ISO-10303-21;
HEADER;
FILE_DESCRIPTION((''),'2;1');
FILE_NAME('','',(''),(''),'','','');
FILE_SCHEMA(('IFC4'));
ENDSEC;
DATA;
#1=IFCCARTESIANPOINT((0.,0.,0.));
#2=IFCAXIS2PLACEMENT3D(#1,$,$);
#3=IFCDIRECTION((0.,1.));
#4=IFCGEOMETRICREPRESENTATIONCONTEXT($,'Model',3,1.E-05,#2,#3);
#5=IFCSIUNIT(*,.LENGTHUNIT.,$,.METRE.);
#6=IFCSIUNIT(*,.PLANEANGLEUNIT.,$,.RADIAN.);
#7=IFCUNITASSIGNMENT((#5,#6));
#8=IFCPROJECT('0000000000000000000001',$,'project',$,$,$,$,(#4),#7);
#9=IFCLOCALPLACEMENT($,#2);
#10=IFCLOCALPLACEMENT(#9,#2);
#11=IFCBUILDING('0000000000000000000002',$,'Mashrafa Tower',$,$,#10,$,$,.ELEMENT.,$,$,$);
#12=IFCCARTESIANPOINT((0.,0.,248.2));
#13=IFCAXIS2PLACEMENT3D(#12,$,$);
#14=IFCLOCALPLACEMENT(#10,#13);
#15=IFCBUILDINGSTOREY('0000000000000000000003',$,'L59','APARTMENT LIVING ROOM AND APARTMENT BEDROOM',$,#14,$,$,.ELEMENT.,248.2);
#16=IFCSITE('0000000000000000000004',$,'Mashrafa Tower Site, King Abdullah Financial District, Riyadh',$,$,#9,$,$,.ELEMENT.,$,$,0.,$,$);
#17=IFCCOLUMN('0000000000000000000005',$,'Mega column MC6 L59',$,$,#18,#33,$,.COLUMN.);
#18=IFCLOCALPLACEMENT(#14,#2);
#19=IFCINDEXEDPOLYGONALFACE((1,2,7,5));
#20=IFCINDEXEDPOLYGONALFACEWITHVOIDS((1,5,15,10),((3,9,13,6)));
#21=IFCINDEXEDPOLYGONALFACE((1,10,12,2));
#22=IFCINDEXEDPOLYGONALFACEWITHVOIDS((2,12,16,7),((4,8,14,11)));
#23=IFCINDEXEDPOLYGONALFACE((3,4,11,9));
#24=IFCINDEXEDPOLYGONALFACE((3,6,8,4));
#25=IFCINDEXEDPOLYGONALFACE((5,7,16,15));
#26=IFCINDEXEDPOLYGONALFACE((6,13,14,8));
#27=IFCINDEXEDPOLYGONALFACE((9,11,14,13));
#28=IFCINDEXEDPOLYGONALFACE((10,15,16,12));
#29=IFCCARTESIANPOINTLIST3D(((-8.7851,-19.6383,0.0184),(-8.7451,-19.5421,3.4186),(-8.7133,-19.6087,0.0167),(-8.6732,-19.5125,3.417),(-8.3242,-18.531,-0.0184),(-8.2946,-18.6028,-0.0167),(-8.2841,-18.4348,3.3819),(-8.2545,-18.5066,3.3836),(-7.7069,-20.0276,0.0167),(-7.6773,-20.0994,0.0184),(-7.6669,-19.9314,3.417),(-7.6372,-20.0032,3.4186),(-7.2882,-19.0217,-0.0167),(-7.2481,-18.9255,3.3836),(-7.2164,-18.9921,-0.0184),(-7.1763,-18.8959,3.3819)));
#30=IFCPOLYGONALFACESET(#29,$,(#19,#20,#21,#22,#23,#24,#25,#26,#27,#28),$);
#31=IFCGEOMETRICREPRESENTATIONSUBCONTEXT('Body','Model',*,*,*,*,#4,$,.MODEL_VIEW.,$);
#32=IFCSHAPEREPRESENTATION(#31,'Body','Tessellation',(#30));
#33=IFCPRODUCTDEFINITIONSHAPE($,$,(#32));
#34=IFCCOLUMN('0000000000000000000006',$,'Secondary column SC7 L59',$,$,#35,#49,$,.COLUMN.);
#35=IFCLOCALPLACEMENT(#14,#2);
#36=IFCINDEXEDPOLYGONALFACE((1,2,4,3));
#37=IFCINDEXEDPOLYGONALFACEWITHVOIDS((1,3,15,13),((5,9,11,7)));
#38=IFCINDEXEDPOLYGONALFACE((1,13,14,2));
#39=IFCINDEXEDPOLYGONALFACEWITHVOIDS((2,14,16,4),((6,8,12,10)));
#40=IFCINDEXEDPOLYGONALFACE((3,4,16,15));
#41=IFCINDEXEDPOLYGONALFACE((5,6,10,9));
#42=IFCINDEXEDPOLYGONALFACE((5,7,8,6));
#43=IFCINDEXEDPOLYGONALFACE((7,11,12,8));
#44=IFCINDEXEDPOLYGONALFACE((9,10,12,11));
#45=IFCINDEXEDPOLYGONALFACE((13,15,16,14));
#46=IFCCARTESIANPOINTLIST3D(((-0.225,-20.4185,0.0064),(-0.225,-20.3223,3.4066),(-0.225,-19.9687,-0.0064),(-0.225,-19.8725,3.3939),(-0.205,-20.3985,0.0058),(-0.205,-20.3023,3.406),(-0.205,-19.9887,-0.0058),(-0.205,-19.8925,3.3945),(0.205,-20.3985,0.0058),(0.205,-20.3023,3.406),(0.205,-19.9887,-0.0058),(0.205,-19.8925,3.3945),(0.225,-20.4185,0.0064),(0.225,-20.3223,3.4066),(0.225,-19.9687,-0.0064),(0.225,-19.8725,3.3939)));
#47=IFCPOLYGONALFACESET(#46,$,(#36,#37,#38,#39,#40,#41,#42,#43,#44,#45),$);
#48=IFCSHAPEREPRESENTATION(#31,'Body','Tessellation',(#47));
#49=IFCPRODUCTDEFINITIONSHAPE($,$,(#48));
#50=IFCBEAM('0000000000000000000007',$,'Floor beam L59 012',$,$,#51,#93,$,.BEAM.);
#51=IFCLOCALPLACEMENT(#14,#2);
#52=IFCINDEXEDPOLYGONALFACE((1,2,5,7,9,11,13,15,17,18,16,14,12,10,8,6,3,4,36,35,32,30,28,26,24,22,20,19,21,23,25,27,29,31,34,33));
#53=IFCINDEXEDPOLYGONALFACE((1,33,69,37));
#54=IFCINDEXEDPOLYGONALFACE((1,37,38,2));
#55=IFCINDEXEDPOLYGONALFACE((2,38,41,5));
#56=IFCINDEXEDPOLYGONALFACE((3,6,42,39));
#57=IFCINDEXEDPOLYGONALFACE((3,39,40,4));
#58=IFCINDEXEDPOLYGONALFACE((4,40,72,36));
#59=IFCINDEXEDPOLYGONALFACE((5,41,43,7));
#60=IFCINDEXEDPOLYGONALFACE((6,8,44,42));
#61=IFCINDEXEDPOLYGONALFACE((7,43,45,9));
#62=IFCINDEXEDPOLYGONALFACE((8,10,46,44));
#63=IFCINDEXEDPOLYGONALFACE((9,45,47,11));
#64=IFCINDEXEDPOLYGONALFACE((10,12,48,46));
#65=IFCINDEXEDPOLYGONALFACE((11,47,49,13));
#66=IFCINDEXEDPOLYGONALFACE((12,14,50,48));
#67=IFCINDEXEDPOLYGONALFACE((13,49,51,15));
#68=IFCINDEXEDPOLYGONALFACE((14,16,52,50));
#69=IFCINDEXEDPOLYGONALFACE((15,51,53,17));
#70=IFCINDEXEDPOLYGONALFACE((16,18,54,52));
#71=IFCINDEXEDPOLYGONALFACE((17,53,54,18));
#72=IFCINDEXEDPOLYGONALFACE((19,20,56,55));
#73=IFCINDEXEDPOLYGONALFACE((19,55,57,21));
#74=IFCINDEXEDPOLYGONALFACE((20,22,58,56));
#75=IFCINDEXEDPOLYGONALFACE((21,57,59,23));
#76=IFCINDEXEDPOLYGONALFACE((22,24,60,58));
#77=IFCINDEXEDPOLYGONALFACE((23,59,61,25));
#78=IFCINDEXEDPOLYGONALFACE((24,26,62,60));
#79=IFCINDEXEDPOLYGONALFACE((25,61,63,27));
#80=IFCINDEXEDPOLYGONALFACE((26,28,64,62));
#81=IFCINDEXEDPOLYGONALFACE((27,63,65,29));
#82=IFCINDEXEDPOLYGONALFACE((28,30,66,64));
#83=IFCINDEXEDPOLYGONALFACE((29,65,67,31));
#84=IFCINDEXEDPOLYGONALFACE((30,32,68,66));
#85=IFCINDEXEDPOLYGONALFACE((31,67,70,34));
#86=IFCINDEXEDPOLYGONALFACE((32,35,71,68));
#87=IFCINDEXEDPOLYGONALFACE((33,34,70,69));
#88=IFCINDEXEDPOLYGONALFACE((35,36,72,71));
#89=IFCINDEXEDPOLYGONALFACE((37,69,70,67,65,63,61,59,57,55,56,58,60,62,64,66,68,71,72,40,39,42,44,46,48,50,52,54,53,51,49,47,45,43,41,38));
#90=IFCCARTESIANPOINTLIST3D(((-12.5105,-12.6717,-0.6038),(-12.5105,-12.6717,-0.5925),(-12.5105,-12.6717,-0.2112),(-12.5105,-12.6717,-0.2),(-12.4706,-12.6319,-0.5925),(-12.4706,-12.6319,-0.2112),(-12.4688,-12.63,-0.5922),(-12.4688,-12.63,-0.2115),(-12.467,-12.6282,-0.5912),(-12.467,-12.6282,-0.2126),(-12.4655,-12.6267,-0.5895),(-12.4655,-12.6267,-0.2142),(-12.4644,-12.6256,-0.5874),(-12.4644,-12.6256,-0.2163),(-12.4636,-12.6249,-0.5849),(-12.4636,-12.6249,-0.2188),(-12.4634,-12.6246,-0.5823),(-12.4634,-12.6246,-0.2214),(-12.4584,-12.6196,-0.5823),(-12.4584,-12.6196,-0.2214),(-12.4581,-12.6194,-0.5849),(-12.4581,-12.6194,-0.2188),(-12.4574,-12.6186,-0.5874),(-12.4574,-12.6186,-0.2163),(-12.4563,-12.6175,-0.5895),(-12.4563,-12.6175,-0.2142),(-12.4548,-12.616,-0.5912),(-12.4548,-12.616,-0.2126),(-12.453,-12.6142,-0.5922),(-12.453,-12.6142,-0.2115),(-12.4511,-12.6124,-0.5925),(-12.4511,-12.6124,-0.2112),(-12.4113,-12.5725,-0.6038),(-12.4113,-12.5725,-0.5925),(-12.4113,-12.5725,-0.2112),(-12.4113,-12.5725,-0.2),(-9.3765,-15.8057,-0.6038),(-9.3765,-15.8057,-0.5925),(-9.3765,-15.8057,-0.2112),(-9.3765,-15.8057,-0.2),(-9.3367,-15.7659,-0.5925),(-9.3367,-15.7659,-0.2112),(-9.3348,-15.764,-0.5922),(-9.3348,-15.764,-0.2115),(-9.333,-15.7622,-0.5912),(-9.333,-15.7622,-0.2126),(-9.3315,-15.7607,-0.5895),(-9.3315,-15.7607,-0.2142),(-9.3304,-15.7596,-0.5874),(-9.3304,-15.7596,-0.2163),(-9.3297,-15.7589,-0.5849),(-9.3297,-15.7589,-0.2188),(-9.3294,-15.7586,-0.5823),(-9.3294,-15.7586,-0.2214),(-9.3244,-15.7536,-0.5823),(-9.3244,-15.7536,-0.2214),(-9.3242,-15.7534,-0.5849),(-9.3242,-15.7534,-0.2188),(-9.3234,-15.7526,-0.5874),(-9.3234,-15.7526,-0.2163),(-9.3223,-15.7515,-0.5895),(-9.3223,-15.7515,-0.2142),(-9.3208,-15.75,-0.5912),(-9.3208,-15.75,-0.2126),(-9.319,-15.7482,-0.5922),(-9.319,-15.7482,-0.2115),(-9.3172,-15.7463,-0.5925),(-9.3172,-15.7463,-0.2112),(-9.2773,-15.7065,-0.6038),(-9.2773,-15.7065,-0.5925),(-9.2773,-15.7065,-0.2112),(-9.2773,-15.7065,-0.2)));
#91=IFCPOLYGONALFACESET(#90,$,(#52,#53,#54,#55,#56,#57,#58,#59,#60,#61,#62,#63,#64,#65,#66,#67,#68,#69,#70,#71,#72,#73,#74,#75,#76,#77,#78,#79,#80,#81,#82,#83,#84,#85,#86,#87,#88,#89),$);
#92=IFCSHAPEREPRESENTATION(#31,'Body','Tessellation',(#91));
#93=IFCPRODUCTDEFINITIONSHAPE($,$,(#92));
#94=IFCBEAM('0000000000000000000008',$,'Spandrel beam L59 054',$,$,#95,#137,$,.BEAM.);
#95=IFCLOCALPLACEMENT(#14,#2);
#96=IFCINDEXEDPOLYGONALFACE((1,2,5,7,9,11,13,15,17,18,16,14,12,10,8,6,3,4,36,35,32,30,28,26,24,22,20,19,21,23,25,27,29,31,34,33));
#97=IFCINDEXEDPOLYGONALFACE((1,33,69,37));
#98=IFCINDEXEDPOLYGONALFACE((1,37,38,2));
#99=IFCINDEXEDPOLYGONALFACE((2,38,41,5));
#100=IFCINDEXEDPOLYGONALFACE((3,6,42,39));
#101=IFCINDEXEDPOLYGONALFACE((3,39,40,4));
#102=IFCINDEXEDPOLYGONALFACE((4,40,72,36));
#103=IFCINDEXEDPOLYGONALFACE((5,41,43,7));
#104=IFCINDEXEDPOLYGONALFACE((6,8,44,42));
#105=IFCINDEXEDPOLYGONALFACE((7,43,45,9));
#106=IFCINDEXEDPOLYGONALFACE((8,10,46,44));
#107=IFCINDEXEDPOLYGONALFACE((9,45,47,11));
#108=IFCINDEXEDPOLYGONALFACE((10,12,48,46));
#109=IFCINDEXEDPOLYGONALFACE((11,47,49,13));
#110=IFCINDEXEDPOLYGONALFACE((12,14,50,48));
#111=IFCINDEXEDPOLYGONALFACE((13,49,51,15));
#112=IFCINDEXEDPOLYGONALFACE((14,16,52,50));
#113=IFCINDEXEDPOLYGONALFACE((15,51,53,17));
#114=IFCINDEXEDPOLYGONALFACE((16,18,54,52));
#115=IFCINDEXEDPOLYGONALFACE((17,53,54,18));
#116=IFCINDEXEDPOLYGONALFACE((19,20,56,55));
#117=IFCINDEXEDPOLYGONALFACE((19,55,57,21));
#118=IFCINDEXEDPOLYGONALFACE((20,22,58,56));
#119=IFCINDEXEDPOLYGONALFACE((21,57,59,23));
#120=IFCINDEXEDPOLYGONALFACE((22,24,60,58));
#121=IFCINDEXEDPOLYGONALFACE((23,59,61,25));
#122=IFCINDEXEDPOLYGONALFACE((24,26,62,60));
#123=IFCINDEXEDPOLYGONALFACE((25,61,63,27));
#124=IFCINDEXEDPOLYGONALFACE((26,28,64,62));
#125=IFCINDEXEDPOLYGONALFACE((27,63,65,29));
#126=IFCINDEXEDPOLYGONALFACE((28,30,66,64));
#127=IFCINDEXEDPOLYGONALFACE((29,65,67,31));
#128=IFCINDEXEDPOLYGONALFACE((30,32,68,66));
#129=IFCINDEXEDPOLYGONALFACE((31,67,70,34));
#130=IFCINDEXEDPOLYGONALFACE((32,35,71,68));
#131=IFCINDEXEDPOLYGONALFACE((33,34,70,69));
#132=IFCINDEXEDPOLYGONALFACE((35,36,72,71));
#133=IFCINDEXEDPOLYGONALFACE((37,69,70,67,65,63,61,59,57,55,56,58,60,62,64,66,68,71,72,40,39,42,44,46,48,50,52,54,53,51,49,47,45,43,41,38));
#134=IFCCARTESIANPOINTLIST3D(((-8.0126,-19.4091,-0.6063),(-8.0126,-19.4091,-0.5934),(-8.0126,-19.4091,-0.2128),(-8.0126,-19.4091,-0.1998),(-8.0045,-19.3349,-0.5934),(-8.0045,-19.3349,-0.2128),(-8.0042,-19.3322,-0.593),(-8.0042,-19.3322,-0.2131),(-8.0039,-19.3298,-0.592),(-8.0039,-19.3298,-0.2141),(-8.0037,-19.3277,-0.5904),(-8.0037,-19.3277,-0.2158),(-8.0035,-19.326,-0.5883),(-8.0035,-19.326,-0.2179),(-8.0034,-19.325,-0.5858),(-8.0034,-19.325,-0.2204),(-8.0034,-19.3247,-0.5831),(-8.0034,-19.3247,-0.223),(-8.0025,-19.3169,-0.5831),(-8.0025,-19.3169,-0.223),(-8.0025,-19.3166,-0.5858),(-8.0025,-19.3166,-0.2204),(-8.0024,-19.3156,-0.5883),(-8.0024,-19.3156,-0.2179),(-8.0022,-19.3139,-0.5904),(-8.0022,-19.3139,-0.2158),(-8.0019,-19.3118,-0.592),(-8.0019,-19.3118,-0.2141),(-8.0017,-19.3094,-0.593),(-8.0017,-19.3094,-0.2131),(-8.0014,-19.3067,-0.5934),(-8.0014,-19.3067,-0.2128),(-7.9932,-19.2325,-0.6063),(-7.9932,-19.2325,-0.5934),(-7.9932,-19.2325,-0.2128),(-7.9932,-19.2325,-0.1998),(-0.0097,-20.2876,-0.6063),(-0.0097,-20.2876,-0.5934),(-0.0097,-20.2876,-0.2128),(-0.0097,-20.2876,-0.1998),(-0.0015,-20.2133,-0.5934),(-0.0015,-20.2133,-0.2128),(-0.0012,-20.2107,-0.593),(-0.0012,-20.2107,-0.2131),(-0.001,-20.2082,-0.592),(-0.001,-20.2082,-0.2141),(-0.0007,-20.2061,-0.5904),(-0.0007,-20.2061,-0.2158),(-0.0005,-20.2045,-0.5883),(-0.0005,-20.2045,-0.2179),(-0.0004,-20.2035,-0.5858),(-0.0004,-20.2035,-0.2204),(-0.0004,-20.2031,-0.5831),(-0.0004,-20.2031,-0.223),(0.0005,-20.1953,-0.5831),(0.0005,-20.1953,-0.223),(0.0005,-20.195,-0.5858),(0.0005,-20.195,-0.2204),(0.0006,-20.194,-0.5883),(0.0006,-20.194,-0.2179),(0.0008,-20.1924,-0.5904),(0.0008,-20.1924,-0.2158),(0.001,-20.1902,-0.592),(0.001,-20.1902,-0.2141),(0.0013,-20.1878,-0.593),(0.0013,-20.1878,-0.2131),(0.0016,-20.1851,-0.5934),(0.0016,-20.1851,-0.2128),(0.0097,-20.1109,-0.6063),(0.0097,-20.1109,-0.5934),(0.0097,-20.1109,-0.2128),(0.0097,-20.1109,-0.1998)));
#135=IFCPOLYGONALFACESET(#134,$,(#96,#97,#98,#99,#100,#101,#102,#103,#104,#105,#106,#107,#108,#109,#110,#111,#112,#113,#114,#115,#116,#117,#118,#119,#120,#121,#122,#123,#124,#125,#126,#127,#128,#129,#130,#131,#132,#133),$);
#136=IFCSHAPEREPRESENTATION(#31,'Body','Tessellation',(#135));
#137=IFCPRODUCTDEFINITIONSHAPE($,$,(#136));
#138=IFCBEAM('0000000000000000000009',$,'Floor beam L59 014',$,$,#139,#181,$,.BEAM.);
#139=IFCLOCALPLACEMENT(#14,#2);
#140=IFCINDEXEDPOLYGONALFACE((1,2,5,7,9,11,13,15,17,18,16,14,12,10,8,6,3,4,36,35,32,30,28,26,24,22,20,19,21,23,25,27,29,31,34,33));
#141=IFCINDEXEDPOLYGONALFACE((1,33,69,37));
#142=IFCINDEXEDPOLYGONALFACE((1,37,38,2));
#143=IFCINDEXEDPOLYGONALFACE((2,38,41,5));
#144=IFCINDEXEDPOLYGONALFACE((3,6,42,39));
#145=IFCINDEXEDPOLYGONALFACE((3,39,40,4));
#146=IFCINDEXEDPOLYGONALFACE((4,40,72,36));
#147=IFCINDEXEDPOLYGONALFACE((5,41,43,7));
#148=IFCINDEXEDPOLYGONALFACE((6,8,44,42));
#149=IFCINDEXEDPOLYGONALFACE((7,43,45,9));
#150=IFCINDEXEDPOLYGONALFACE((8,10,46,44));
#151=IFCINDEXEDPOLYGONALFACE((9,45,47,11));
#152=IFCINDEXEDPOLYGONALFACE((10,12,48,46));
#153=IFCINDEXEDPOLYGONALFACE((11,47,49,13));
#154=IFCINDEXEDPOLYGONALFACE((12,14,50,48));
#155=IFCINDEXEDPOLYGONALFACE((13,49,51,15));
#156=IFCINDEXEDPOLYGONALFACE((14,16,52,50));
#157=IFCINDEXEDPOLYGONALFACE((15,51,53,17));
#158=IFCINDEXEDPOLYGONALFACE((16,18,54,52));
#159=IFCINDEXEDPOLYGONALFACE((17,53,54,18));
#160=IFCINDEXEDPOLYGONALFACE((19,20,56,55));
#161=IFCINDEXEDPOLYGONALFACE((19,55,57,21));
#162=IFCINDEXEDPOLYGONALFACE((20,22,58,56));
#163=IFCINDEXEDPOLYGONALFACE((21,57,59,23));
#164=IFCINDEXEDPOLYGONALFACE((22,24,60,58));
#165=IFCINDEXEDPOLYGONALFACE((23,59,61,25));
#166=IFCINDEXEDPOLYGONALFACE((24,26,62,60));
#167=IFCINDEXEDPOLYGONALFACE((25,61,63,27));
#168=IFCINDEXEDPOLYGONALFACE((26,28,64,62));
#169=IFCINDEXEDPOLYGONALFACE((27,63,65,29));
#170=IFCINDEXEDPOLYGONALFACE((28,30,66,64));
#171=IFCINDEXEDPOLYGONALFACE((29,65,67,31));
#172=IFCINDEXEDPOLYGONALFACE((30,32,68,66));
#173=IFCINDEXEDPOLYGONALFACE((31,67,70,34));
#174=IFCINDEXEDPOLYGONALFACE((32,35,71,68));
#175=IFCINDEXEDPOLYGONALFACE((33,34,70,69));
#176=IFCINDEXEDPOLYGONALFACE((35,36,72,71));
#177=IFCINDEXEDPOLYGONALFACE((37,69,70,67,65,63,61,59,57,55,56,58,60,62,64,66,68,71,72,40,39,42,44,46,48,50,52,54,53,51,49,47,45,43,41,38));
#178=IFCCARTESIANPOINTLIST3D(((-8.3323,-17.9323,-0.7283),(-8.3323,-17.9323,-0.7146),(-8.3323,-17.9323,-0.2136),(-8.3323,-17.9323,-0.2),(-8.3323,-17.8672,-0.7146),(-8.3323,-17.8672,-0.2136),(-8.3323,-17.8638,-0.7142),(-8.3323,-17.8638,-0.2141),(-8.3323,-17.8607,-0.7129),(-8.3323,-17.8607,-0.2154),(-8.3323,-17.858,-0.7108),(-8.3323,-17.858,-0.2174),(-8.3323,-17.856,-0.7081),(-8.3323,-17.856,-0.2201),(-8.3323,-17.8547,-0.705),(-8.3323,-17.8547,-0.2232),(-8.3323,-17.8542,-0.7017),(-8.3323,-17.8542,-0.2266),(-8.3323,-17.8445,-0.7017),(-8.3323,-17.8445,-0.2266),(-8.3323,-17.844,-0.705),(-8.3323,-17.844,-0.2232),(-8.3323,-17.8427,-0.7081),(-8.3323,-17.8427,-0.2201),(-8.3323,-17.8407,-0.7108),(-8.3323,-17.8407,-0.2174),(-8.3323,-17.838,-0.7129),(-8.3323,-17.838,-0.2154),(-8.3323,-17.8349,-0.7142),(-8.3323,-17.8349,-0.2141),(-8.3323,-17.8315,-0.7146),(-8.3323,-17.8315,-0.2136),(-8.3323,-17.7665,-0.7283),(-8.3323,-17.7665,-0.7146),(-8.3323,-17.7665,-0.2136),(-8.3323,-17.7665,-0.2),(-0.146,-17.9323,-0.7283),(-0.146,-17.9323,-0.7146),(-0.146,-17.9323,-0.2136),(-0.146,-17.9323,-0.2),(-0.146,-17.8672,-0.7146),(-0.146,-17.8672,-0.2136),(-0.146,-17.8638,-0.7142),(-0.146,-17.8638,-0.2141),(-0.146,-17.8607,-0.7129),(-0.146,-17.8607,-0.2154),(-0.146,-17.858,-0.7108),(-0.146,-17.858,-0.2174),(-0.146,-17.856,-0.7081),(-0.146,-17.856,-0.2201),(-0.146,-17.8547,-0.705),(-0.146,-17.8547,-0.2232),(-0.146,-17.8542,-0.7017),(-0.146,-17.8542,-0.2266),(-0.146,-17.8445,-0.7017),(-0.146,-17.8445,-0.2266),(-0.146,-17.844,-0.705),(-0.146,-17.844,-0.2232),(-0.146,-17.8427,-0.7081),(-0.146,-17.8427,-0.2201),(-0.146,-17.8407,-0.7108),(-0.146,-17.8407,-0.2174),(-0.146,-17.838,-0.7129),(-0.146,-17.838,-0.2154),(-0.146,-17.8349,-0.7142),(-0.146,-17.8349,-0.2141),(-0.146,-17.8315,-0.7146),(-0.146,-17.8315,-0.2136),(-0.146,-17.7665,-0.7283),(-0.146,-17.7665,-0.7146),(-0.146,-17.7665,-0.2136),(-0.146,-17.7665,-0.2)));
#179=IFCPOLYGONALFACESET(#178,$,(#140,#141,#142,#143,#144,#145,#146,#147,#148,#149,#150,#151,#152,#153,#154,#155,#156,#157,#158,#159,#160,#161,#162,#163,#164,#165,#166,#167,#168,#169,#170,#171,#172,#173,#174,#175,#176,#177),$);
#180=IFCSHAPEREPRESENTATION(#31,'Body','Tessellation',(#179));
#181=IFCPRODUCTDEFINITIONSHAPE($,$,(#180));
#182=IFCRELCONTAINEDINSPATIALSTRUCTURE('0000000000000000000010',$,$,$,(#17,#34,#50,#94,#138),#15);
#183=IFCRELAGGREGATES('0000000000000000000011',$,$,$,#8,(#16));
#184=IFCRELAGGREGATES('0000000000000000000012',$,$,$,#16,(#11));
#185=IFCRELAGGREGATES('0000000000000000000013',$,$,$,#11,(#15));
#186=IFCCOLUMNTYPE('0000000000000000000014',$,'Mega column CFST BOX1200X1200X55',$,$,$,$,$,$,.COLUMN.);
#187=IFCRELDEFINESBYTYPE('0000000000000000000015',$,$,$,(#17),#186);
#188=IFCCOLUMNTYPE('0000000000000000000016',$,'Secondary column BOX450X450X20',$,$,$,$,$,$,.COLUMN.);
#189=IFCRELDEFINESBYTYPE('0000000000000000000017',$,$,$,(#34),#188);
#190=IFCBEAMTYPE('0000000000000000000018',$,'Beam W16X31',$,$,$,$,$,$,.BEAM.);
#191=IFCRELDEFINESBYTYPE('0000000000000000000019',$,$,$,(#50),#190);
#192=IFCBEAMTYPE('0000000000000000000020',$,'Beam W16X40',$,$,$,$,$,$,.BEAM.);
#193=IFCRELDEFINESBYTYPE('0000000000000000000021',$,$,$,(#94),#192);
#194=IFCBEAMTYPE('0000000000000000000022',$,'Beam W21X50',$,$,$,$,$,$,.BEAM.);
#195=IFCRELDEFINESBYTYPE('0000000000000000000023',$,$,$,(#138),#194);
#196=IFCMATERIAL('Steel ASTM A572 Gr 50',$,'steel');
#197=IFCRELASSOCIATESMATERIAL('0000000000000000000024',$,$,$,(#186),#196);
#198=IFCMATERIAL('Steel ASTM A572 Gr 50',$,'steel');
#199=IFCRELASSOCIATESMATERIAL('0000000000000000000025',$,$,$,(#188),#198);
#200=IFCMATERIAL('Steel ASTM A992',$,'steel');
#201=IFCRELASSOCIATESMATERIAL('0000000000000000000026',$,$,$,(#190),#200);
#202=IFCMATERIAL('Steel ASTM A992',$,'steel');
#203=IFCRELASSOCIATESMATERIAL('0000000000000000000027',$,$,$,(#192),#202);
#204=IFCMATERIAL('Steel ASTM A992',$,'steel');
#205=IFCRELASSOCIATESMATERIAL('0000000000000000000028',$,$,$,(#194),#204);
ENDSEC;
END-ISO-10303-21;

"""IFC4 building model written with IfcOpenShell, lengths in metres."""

from ifc_helpers import new_model, si_unit, direction, frame, origin, origin_2d, place, context, subcontext, project, spatial, hollow_rectangle, i_section, extrude, material, material_profile, profile_set, type_object, element, save


model = new_model("IFC4")

# Units and contexts
model_context = context("Model", 3, precision=1e-05, world=origin(), true_north=direction((0.0, 1.0)))
body_context = subcontext(model_context, "Body", "Model", "MODEL_VIEW")
ifc_project = project(units=[si_unit("LENGTHUNIT", "METRE"), si_unit("PLANEANGLEUNIT", "RADIAN")], contexts=[model_context])

# Site, building, storey
site_placement = place(None, origin())
site = spatial("IfcSite", under=ifc_project, at=site_placement, Name="Mashrafa Tower Site, King Abdullah Financial District, Riyadh", CompositionType="ELEMENT", RefElevation=0.0)
building_placement = place(site_placement, origin())
building = spatial("IfcBuilding", under=site, at=building_placement, Name="Mashrafa Tower", CompositionType="ELEMENT")
storey_placement = place(building_placement, frame((0.0, 0.0, 248.2)))
storey = spatial("IfcBuildingStorey", under=building, at=storey_placement, Name="L59", Description="APARTMENT LIVING ROOM AND APARTMENT BEDROOM", CompositionType="ELEMENT", Elevation=248.2)

# Columns
ifc_material_1 = material(Name="Steel ASTM A572 Gr 50", Category="steel")
ifc_material_profile_1 = material_profile(ifc_material_1, hollow_rectangle(XDim=1.2, YDim=1.2, WallThickness=0.0549, at=origin_2d()), Name="BOX1200X1200X55")
ifc_profile_set_1 = profile_set([ifc_material_profile_1], Name="Steel ASTM A572 Gr 50")
column_type_1 = type_object("IfcColumnType", Name="Mega column CFST BOX1200X1200X55", PredefinedType="COLUMN", material=ifc_profile_set_1)
column_1_placement = place(storey_placement, frame((-8.0007, -19.3152, 0.0), z_axis=(0.01177, 0.028277, 0.999531), x_axis=(-0.923216, 0.384283, 0.0)))
element("IfcColumn", 1, at=column_1_placement, inside=storey, type_object=column_type_1, Name="Mega column MC6 L59", PredefinedType="COLUMN", context=body_context, shape_type="SweptSolid", body=[
    extrude(hollow_rectangle(XDim=1.2, YDim=1.2, WallThickness=0.0549, at=origin_2d()), origin(), (0.0, 0.0, 1.0), 3.4019),
])
ifc_material_2 = material(Name="Steel ASTM A572 Gr 50", Category="steel")
ifc_material_profile_2 = material_profile(ifc_material_2, hollow_rectangle(XDim=0.45, YDim=0.45, WallThickness=0.02, at=origin_2d()), Name="BOX450X450X20")
ifc_profile_set_2 = profile_set([ifc_material_profile_2], Name="Steel ASTM A572 Gr 50")
column_type_2 = type_object("IfcColumnType", Name="Secondary column BOX450X450X20", PredefinedType="COLUMN", material=ifc_profile_set_2)
column_2_placement = place(storey_placement, frame((0.0, -20.1936, 0.0), z_axis=(0.0, 0.028279, 0.9996), x_axis=(-1.0, 0.0, 0.0)))
element("IfcColumn", 2, at=column_2_placement, inside=storey, type_object=column_type_2, Name="Secondary column SC7 L59", PredefinedType="COLUMN", context=body_context, shape_type="SweptSolid", body=[
    extrude(hollow_rectangle(XDim=0.45, YDim=0.45, WallThickness=0.02, at=origin_2d()), origin(), (0.0, 0.0, 1.0), 3.4016),
])

# Beams
ifc_material_3 = material(Name="Steel ASTM A992", Category="steel")
ifc_material_profile_3 = material_profile(ifc_material_3, i_section(OverallWidth=0.1404, OverallDepth=0.4038, WebThickness=0.0071, FlangeThickness=0.0112, FilletRadius=0.0103, at=origin_2d()), Name="W16X31")
ifc_profile_set_3 = profile_set([ifc_material_profile_3], Name="Steel ASTM A992")
beam_type_1 = type_object("IfcBeamType", Name="Beam W16X31", PredefinedType="BEAM", material=ifc_profile_set_3)
beam_1_placement = place(storey_placement, frame((-9.3269, -15.7561, -0.4019), z_axis=(-0.707107, 0.707107, 0.0), x_axis=(-0.707107, -0.707107, 0.0)))
element("IfcBeam", 3, at=beam_1_placement, inside=storey, type_object=beam_type_1, Name="Floor beam L59 012", PredefinedType="BEAM", context=body_context, shape_type="SweptSolid", body=[
    extrude(i_section(OverallWidth=0.1404, OverallDepth=0.4038, WebThickness=0.0071, FlangeThickness=0.0112, FilletRadius=0.0103, at=origin_2d()), origin(), (0.0, 0.0, 1.0), 4.4321),
])
ifc_material_4 = material(Name="Steel ASTM A992", Category="steel")
ifc_material_profile_4 = material_profile(ifc_material_4, i_section(OverallWidth=0.1777, OverallDepth=0.4065, WebThickness=0.0078, FlangeThickness=0.0129, FilletRadius=0.0103, at=origin_2d()), Name="W16X40")
ifc_profile_set_4 = profile_set([ifc_material_profile_4], Name="Steel ASTM A992")
beam_type_2 = type_object("IfcBeamType", Name="Beam W16X40", PredefinedType="BEAM", material=ifc_profile_set_4)
beam_2_placement = place(storey_placement, frame((-8.0029, -19.3208, -0.4031), z_axis=(0.99403, -0.109107, 0.0), x_axis=(0.109107, 0.99403, 0.0)))
element("IfcBeam", 4, at=beam_2_placement, inside=storey, type_object=beam_type_2, Name="Spandrel beam L59 054", PredefinedType="BEAM", context=body_context, shape_type="SweptSolid", body=[
    extrude(i_section(OverallWidth=0.1777, OverallDepth=0.4065, WebThickness=0.0078, FlangeThickness=0.0129, FilletRadius=0.0103, at=origin_2d()), origin(), (0.0, 0.0, 1.0), 8.051),
])
ifc_material_5 = material(Name="Steel ASTM A992", Category="steel")
ifc_material_profile_5 = material_profile(ifc_material_5, i_section(OverallWidth=0.1658, OverallDepth=0.5283, WebThickness=0.0098, FlangeThickness=0.0137, FilletRadius=0.0129, at=origin_2d()), Name="W21X50")
ifc_profile_set_5 = profile_set([ifc_material_profile_5], Name="Steel ASTM A992")
beam_type_3 = type_object("IfcBeamType", Name="Beam W21X50", PredefinedType="BEAM", material=ifc_profile_set_5)
beam_3_placement = place(storey_placement, frame((-0.146, -17.8494, -0.4641), z_axis=(-1.0, 0.0, 0.0), x_axis=(0.0, -1.0, 0.0)))
element("IfcBeam", 5, at=beam_3_placement, inside=storey, type_object=beam_type_3, Name="Floor beam L59 014", PredefinedType="BEAM", context=body_context, shape_type="SweptSolid", body=[
    extrude(i_section(OverallWidth=0.1658, OverallDepth=0.5283, WebThickness=0.0098, FlangeThickness=0.0137, FilletRadius=0.0129, at=origin_2d()), origin(), (0.0, 0.0, 1.0), 8.1863),
])

save(model, "model.ifc")
